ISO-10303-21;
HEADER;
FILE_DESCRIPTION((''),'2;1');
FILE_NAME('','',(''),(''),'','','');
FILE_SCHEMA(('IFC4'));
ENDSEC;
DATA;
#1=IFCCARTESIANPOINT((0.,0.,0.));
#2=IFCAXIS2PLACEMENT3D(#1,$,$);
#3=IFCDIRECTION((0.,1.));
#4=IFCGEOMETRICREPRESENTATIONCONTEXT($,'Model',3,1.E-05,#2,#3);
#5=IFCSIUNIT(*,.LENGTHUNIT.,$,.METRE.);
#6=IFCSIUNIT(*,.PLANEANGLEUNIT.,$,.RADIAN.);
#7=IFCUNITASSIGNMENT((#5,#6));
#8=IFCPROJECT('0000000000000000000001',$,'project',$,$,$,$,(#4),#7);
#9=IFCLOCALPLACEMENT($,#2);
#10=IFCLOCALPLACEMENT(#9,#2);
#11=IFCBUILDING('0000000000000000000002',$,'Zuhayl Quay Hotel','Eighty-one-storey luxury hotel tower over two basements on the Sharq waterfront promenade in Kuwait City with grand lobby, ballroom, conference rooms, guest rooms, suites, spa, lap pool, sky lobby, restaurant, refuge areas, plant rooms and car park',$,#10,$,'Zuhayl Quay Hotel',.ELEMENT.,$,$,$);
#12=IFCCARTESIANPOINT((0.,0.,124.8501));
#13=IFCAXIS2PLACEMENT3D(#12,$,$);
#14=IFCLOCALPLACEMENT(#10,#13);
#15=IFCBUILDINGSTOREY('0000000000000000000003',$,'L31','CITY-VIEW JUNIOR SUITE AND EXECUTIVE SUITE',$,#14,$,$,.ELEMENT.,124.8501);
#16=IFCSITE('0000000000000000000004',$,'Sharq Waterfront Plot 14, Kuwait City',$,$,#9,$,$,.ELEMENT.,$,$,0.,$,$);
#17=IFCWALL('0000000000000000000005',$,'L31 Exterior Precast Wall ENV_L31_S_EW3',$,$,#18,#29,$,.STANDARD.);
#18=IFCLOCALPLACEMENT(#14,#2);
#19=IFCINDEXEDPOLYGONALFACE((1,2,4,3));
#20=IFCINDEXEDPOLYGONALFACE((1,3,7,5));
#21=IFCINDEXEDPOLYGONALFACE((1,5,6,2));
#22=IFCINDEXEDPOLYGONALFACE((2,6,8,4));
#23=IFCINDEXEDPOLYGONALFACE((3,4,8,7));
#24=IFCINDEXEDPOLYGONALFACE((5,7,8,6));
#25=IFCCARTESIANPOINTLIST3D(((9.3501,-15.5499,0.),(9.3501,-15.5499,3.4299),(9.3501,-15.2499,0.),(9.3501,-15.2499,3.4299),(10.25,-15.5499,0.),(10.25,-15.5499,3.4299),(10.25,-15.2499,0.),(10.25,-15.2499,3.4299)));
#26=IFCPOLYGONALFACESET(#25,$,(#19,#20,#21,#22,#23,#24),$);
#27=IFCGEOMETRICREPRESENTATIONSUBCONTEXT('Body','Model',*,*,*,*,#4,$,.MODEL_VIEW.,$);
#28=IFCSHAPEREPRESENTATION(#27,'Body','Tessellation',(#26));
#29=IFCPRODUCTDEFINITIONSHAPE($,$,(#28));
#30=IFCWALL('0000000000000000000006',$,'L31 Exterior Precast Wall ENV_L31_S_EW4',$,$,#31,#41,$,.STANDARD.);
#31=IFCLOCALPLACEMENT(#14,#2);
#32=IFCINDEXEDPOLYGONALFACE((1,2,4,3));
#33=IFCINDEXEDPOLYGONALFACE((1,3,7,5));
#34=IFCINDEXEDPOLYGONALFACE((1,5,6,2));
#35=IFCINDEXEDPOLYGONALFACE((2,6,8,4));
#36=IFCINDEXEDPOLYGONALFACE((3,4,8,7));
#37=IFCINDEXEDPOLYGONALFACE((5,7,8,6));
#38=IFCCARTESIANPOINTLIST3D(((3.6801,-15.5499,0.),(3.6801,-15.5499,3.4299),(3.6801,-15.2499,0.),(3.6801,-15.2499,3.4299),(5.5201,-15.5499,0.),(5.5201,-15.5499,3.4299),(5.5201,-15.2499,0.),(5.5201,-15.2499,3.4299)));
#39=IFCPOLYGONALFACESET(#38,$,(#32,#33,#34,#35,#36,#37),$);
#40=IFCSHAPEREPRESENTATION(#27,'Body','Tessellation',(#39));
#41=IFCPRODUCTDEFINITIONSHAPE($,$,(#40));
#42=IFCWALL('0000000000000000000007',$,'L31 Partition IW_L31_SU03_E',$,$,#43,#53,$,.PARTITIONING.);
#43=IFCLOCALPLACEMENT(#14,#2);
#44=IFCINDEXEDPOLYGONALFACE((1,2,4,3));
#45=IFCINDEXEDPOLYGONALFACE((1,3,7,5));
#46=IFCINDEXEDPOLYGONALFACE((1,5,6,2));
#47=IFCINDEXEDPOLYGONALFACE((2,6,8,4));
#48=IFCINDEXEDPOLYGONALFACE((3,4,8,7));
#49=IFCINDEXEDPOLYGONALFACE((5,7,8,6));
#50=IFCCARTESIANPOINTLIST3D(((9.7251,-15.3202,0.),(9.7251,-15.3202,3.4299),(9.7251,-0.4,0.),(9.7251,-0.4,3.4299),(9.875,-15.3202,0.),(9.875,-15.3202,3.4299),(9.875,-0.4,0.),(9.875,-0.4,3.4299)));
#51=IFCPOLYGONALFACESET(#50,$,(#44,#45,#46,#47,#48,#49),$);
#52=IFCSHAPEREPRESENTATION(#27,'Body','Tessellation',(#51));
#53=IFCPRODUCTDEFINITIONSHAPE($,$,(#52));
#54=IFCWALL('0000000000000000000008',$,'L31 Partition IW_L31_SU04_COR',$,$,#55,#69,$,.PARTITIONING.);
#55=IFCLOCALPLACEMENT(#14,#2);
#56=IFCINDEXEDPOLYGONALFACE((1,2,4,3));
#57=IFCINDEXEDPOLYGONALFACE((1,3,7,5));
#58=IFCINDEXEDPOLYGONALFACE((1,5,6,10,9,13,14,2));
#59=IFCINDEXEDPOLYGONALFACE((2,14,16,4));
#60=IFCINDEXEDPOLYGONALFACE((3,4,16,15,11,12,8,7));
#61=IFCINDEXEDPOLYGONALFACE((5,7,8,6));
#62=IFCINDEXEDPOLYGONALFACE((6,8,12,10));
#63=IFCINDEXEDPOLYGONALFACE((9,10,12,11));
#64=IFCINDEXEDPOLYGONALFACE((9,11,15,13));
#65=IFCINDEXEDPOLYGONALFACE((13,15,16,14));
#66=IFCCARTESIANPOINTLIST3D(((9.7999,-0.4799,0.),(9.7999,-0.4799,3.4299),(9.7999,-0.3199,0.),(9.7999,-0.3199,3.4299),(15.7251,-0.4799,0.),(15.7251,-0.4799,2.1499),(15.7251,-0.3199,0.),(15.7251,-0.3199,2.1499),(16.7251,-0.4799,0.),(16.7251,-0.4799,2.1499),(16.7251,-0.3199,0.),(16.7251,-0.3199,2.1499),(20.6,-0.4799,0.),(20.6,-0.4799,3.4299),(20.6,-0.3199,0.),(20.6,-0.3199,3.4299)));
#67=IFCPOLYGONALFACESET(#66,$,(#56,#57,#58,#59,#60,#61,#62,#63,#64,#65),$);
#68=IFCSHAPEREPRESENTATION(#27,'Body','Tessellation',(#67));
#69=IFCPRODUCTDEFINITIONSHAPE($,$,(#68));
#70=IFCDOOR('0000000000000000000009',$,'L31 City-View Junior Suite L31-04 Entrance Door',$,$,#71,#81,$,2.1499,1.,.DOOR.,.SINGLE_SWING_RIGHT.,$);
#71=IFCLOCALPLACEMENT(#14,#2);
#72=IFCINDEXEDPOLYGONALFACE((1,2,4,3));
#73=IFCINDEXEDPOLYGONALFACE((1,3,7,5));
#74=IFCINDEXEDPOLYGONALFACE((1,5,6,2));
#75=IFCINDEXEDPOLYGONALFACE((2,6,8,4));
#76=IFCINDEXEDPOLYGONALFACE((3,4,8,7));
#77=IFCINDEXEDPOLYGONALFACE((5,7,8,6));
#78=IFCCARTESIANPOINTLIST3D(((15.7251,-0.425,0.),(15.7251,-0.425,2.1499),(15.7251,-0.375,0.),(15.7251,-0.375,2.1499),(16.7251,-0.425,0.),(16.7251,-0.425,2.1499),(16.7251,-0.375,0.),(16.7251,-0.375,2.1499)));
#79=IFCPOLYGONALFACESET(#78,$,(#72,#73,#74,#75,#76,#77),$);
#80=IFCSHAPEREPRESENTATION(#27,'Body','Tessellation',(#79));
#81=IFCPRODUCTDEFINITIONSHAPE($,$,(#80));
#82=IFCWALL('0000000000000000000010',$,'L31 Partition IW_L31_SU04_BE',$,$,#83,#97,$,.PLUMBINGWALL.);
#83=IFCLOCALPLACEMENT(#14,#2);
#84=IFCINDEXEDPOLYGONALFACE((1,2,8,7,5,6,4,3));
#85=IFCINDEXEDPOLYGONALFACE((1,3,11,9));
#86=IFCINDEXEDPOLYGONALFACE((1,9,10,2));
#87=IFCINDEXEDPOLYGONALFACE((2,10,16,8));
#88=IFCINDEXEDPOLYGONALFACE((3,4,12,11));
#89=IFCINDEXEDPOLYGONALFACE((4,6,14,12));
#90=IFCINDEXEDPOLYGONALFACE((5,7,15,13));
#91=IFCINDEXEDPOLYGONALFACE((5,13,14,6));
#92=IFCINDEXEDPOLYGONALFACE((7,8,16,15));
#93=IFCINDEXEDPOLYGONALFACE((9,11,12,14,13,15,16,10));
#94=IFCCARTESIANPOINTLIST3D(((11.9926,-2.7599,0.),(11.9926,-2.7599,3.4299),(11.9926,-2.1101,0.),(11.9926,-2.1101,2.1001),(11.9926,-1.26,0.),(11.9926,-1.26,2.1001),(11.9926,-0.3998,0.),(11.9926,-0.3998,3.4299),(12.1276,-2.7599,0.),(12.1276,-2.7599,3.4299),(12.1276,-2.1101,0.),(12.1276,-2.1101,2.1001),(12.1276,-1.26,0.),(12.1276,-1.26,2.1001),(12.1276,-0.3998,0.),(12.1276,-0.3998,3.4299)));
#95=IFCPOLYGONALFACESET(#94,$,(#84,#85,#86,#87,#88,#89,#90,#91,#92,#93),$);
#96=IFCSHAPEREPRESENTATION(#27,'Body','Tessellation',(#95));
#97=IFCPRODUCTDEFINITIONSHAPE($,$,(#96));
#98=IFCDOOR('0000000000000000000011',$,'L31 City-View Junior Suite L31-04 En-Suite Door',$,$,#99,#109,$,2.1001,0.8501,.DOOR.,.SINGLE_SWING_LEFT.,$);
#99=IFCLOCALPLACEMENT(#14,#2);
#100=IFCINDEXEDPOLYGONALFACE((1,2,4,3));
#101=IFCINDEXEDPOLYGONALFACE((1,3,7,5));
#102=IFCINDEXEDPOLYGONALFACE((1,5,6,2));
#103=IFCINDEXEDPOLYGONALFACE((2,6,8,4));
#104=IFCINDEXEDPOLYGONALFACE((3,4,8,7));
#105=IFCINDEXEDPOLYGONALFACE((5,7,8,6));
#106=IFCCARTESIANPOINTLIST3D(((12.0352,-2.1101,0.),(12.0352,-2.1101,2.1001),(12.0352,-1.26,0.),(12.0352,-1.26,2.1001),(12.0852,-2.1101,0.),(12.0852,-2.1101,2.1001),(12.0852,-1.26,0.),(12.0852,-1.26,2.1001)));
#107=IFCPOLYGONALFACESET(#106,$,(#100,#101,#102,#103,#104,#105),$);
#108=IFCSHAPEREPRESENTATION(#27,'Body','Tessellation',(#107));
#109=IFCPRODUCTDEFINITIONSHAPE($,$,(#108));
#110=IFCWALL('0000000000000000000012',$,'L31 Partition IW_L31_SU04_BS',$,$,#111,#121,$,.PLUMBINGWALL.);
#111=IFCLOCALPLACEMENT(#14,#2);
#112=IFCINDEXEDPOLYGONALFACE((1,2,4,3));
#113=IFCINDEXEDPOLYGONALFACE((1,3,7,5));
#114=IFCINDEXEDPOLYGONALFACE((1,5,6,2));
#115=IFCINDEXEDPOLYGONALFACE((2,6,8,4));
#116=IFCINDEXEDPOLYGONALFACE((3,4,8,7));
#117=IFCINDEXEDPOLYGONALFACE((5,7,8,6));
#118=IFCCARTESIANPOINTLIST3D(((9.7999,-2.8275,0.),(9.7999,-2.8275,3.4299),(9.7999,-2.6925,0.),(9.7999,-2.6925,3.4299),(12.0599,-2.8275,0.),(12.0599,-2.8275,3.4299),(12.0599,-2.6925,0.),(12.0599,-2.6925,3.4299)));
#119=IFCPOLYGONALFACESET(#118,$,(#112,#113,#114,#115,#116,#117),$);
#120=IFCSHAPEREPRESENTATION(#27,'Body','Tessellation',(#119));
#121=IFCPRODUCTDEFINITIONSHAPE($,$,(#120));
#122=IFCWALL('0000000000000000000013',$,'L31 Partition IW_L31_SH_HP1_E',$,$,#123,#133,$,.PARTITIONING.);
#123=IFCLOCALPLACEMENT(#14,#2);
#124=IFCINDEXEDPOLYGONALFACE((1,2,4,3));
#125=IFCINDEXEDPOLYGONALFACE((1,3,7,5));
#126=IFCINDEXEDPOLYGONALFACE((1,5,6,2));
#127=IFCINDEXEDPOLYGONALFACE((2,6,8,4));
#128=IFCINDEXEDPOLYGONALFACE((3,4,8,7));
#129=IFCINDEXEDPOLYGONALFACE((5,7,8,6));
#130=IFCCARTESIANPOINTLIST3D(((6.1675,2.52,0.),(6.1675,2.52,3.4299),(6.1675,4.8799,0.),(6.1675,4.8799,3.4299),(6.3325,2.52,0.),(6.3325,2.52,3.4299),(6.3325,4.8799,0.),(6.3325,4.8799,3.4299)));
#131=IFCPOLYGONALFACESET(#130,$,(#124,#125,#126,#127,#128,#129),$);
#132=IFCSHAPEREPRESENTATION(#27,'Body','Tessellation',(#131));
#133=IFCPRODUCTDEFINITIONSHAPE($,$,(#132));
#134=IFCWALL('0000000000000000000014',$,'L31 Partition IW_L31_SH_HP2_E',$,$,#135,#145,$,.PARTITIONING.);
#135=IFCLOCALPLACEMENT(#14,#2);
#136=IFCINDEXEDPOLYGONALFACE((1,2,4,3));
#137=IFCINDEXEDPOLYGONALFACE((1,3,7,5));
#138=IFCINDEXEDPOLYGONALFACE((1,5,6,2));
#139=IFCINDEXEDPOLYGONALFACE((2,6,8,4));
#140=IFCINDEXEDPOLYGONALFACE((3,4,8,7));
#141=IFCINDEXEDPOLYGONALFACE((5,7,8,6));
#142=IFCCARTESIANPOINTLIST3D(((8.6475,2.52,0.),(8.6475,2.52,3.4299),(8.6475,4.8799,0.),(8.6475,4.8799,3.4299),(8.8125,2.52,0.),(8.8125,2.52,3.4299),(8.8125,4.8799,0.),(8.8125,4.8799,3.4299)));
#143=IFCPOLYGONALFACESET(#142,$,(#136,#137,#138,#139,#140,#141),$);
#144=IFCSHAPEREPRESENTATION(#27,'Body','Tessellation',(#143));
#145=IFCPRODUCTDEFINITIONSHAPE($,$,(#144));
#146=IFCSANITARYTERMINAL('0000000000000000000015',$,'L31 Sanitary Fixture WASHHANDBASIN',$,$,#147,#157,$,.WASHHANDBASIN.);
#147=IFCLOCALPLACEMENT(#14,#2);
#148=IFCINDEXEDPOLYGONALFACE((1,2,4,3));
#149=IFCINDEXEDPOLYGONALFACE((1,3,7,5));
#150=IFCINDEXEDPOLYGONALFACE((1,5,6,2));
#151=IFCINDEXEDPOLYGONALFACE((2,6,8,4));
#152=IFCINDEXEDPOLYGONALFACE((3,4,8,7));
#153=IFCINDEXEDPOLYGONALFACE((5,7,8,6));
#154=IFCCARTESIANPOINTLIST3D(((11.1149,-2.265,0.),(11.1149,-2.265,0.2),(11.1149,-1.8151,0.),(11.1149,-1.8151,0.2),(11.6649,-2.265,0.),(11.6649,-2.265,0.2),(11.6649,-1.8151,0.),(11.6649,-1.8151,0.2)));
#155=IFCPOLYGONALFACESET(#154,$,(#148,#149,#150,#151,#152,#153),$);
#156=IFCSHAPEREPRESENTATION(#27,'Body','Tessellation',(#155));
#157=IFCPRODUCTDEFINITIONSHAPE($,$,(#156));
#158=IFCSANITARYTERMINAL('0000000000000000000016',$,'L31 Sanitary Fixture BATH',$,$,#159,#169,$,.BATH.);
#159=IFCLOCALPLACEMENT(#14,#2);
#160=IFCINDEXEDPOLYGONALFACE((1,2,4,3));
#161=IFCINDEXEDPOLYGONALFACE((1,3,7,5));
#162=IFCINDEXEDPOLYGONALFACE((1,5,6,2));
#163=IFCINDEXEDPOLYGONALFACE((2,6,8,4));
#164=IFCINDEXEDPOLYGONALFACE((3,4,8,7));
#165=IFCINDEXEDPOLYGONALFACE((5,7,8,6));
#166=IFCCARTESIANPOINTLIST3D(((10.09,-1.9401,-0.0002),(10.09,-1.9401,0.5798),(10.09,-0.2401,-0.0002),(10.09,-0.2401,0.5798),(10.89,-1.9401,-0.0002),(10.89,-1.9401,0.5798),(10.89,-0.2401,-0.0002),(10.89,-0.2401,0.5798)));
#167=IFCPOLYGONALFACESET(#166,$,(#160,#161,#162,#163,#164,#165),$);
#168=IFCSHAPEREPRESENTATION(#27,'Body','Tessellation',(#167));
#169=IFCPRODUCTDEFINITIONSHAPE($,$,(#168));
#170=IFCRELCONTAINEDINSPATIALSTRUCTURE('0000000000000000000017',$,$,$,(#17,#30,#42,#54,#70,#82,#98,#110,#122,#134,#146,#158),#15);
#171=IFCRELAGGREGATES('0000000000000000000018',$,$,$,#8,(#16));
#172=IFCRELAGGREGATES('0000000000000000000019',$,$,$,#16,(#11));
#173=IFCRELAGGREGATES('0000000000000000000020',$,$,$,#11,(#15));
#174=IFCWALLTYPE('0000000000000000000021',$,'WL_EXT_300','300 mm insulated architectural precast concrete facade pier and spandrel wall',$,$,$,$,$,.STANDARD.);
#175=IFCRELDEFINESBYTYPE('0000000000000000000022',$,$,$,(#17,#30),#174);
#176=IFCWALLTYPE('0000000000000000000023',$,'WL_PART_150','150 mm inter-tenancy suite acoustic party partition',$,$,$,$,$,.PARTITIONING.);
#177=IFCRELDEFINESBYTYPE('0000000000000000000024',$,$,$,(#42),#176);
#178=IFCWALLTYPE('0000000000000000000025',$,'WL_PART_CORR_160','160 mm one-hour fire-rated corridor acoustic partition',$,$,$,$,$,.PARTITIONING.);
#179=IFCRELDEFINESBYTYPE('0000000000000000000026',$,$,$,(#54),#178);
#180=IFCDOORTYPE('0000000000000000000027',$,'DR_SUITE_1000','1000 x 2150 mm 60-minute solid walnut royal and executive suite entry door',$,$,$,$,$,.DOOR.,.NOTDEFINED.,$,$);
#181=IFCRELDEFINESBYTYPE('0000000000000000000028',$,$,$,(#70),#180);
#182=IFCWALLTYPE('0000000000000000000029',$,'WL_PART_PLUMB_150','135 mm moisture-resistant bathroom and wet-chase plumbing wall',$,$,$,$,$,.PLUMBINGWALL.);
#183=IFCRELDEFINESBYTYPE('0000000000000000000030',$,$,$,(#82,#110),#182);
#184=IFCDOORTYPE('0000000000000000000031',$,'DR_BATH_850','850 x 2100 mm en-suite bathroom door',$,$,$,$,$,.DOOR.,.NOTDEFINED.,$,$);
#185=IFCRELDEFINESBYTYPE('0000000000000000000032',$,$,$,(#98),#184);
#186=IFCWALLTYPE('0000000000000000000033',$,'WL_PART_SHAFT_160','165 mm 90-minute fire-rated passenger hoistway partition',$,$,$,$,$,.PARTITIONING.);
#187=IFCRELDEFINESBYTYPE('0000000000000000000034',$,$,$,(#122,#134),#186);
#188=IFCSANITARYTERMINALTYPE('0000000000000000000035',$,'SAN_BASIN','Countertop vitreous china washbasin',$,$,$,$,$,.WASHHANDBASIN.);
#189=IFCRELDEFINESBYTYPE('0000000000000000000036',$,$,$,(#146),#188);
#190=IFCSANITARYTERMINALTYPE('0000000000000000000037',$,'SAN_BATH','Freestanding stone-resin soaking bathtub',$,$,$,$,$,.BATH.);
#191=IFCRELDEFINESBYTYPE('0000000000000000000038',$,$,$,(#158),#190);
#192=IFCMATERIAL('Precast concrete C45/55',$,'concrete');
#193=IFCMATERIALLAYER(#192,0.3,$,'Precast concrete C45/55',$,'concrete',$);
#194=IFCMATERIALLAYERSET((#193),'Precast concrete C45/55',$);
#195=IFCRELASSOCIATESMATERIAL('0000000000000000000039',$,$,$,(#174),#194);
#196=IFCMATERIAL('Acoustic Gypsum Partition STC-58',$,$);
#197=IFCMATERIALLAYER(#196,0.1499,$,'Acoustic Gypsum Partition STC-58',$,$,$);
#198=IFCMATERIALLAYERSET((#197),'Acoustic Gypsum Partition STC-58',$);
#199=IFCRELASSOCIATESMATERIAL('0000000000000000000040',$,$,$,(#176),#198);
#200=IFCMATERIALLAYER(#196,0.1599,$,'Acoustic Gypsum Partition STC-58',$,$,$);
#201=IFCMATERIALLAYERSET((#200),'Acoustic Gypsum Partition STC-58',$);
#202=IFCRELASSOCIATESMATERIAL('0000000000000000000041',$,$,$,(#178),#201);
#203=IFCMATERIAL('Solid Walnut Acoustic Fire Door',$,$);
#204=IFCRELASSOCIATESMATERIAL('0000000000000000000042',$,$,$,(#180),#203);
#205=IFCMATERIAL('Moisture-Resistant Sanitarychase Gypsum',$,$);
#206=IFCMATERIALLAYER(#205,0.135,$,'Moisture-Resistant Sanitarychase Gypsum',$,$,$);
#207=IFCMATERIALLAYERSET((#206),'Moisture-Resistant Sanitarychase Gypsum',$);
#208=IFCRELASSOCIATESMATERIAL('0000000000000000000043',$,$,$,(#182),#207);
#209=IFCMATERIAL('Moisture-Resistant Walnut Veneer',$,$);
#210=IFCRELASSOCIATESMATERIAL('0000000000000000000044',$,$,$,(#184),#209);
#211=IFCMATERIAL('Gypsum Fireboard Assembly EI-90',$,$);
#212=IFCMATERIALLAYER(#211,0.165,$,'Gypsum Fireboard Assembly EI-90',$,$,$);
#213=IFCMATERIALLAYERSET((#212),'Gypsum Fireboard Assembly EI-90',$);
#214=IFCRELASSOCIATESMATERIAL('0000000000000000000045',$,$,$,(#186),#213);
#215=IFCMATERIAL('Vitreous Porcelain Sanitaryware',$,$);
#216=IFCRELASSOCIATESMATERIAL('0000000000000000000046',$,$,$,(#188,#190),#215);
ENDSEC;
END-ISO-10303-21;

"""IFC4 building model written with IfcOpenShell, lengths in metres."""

from ifc_helpers import new_model, si_unit, direction, frame, frame_2d, origin, origin_2d, place, context, subcontext, project, spatial, rectangle, extrude, material, layer, layer_set, type_object, element, fill, save


model = new_model("IFC4")

# Units and contexts
model_context = context("Model", 3, precision=1e-05, world=origin(), true_north=direction((0.0, 1.0)))
body_context = subcontext(model_context, "Body", "Model", "MODEL_VIEW")
ifc_project = project(units=[si_unit("LENGTHUNIT", "METRE"), si_unit("PLANEANGLEUNIT", "RADIAN")], contexts=[model_context])

# Site, building, storey
site_placement = place(None, origin())
site = spatial("IfcSite", under=ifc_project, at=site_placement, Name="Sharq Waterfront Plot 14, Kuwait City", CompositionType="ELEMENT", RefElevation=0.0)
building_placement = place(site_placement, origin())
building = spatial("IfcBuilding", under=site, at=building_placement, Name="Zuhayl Quay Hotel", Description="Eighty-one-storey luxury hotel tower over two basements on the Sharq waterfront promenade in Kuwait City with grand lobby, ballroom, conference rooms, guest rooms, suites, spa, lap pool, sky lobby, restaurant, refuge areas, plant rooms and car park", LongName="Zuhayl Quay Hotel", CompositionType="ELEMENT")
storey_placement = place(building_placement, frame((0.0, 0.0, 124.8501)))
storey = spatial("IfcBuildingStorey", under=building, at=storey_placement, Name="L31", Description="CITY-VIEW JUNIOR SUITE AND EXECUTIVE SUITE", CompositionType="ELEMENT", Elevation=124.8501)

# Walls
ifc_material_1 = material(Name="Precast concrete C45/55", Category="concrete")
ifc_layer_1 = layer(ifc_material_1, 0.3, Name="Precast concrete C45/55", Category="concrete")
ifc_layer_set_1 = layer_set([ifc_layer_1], Name="Precast concrete C45/55")
wall_type_1 = type_object("IfcWallType", Name="WL_EXT_300", Description="300 mm insulated architectural precast concrete facade pier and spandrel wall", PredefinedType="STANDARD", material=ifc_layer_set_1)
wall_1_placement = place(storey_placement, frame((10.25, -15.3999, 0.0), z_axis=(0.0, 0.0, 1.0), x_axis=(-1.0, 0.0, 0.0)))
element("IfcWall", 1, at=wall_1_placement, inside=storey, type_object=wall_type_1, Name="L31 Exterior Precast Wall ENV_L31_S_EW3", PredefinedType="STANDARD", context=body_context, shape_type="SweptSolid", body=[
    extrude(rectangle(XDim=0.8999, YDim=0.3, at=frame_2d((0.45, 0.0))), origin(), (0.0, 0.0, 1.0), 3.4299),
])
wall_2_placement = place(storey_placement, frame((5.52, -15.3999, 0.0), z_axis=(0.0, 0.0, 1.0), x_axis=(-1.0, 0.0, 0.0)))
element("IfcWall", 2, at=wall_2_placement, inside=storey, type_object=wall_type_1, Name="L31 Exterior Precast Wall ENV_L31_S_EW4", PredefinedType="STANDARD", context=body_context, shape_type="SweptSolid", body=[
    extrude(rectangle(XDim=1.8401, YDim=0.3, at=frame_2d((0.9199, 0.0))), origin(), (0.0, 0.0, 1.0), 3.4299),
])
ifc_material_2 = material(Name="Acoustic Gypsum Partition STC-58")
ifc_layer_2 = layer(ifc_material_2, 0.1499, Name="Acoustic Gypsum Partition STC-58")
ifc_layer_set_2 = layer_set([ifc_layer_2], Name="Acoustic Gypsum Partition STC-58")
wall_type_2 = type_object("IfcWallType", Name="WL_PART_150", Description="150 mm inter-tenancy suite acoustic party partition", PredefinedType="PARTITIONING", material=ifc_layer_set_2)
wall_3_placement = place(storey_placement, frame((9.8, -15.3201, 0.0), z_axis=(0.0, 0.0, 1.0), x_axis=(0.0, 1.0, 0.0)))
element("IfcWall", 3, at=wall_3_placement, inside=storey, type_object=wall_type_2, Name="L31 Partition IW_L31_SU03_E", PredefinedType="PARTITIONING", context=body_context, shape_type="SweptSolid", body=[
    extrude(rectangle(XDim=14.9202, YDim=0.1499, at=frame_2d((7.46, 0.0))), origin(), (0.0, 0.0, 1.0), 3.4299),
])

# Walls, openings, doors
ifc_layer_3 = layer(ifc_material_2, 0.1599, Name="Acoustic Gypsum Partition STC-58")
ifc_layer_set_3 = layer_set([ifc_layer_3], Name="Acoustic Gypsum Partition STC-58")
wall_type_3 = type_object("IfcWallType", Name="WL_PART_CORR_160", Description="160 mm one-hour fire-rated corridor acoustic partition", PredefinedType="PARTITIONING", material=ifc_layer_set_3)
wall_4_placement = place(storey_placement, frame((9.8, -0.3999, 0.0), z_axis=(0.0, 0.0, 1.0), x_axis=(1.0, 0.0, 0.0)))
wall_4 = element("IfcWall", 4, at=wall_4_placement, inside=storey, type_object=wall_type_3, Name="L31 Partition IW_L31_SU04_COR", PredefinedType="PARTITIONING", context=body_context, shape_type="SweptSolid", body=[
    extrude(rectangle(XDim=10.8, YDim=0.1599, at=frame_2d((5.3999, 0.0))), origin(), (0.0, 0.0, 1.0), 3.4299),
])
opening_1_placement = place(wall_4_placement, frame((5.925, 0.0, 0.0)))
opening_1 = element("IfcOpeningElement", 5, at=opening_1_placement, cuts=wall_4, PredefinedType="OPENING", context=body_context, shape_type="SweptSolid", body=[
    extrude(rectangle(XDim=1.0, YDim=2.1499, at=frame_2d((0.5, 1.075))), frame((0.0, 0.0898, 0.0), z_axis=(0.0, -1.0, 0.0), x_axis=(1.0, 0.0, 0.0)), (0.0, 0.0, 1.0), 0.1799),
])
ifc_material_3 = material(Name="Solid Walnut Acoustic Fire Door")
door_type_1 = type_object("IfcDoorType", Name="DR_SUITE_1000", Description="1000 x 2150 mm 60-minute solid walnut royal and executive suite entry door", OperationType="NOTDEFINED", PredefinedType="DOOR", material=ifc_material_3)
door_1_placement = place(opening_1_placement, origin())
door_1 = element("IfcDoor", 6, at=door_1_placement, inside=storey, type_object=door_type_1, Name="L31 City-View Junior Suite L31-04 Entrance Door", OperationType="SINGLE_SWING_RIGHT", OverallHeight=2.1499, OverallWidth=1.0, PredefinedType="DOOR", context=body_context, shape_type="SweptSolid", body=[
    extrude(rectangle(XDim=1.0, YDim=2.1499, at=frame_2d((0.5, 1.075))), frame((0.0, 0.0249, 0.0), z_axis=(0.0, -1.0, 0.0), x_axis=(1.0, 0.0, 0.0)), (0.0, 0.0, 1.0), 0.05),
])
fill(opening_1, door_1)
ifc_material_4 = material(Name="Moisture-Resistant Sanitarychase Gypsum")
ifc_layer_4 = layer(ifc_material_4, 0.135, Name="Moisture-Resistant Sanitarychase Gypsum")
ifc_layer_set_4 = layer_set([ifc_layer_4], Name="Moisture-Resistant Sanitarychase Gypsum")
wall_type_4 = type_object("IfcWallType", Name="WL_PART_PLUMB_150", Description="135 mm moisture-resistant bathroom and wet-chase plumbing wall", PredefinedType="PLUMBINGWALL", material=ifc_layer_set_4)
wall_5_placement = place(storey_placement, frame((12.0601, -2.76, 0.0), z_axis=(0.0, 0.0, 1.0), x_axis=(0.0, 1.0, 0.0)))
wall_5 = element("IfcWall", 7, at=wall_5_placement, inside=storey, type_object=wall_type_4, Name="L31 Partition IW_L31_SU04_BE", PredefinedType="PLUMBINGWALL", context=body_context, shape_type="SweptSolid", body=[
    extrude(rectangle(XDim=2.3601, YDim=0.135, at=frame_2d((1.1802, 0.0))), origin(), (0.0, 0.0, 1.0), 3.4299),
])
opening_2_placement = place(wall_5_placement, frame((0.6499, 0.0, 0.0)))
opening_2 = element("IfcOpeningElement", 8, at=opening_2_placement, cuts=wall_5, PredefinedType="OPENING", context=body_context, shape_type="SweptSolid", body=[
    extrude(rectangle(XDim=0.8501, YDim=2.1001, at=frame_2d((0.425, 1.05))), frame((0.0, 0.0774, 0.0), z_axis=(0.0, -1.0, 0.0), x_axis=(1.0, 0.0, 0.0)), (0.0, 0.0, 1.0), 0.155),
])
ifc_material_5 = material(Name="Moisture-Resistant Walnut Veneer")
door_type_2 = type_object("IfcDoorType", Name="DR_BATH_850", Description="850 x 2100 mm en-suite bathroom door", OperationType="NOTDEFINED", PredefinedType="DOOR", material=ifc_material_5)
door_2_placement = place(opening_2_placement, origin())
door_2 = element("IfcDoor", 9, at=door_2_placement, inside=storey, type_object=door_type_2, Name="L31 City-View Junior Suite L31-04 En-Suite Door", OperationType="SINGLE_SWING_LEFT", OverallHeight=2.1001, OverallWidth=0.8501, PredefinedType="DOOR", context=body_context, shape_type="SweptSolid", body=[
    extrude(rectangle(XDim=0.8501, YDim=2.1001, at=frame_2d((0.425, 1.05))), frame((0.0, 0.0249, 0.0), z_axis=(0.0, -1.0, 0.0), x_axis=(1.0, 0.0, 0.0)), (0.0, 0.0, 1.0), 0.05),
])
fill(opening_2, door_2)

# Walls
wall_6_placement = place(storey_placement, frame((9.8, -2.76, 0.0), z_axis=(0.0, 0.0, 1.0), x_axis=(1.0, 0.0, 0.0)))
element("IfcWall", 10, at=wall_6_placement, inside=storey, type_object=wall_type_4, Name="L31 Partition IW_L31_SU04_BS", PredefinedType="PLUMBINGWALL", context=body_context, shape_type="SweptSolid", body=[
    extrude(rectangle(XDim=2.26, YDim=0.135, at=frame_2d((1.1299, 0.0))), origin(), (0.0, 0.0, 1.0), 3.4299),
])
ifc_material_6 = material(Name="Gypsum Fireboard Assembly EI-90")
ifc_layer_5 = layer(ifc_material_6, 0.165, Name="Gypsum Fireboard Assembly EI-90")
ifc_layer_set_5 = layer_set([ifc_layer_5], Name="Gypsum Fireboard Assembly EI-90")
wall_type_5 = type_object("IfcWallType", Name="WL_PART_SHAFT_160", Description="165 mm 90-minute fire-rated passenger hoistway partition", PredefinedType="PARTITIONING", material=ifc_layer_set_5)
for number, where, z_axis, x_axis, name in (
    (11, (6.25, 2.52, 0.0), (0.0, 0.0, 1.0), (0.0, 1.0, 0.0), "L31 Partition IW_L31_SH_HP1_E"),
    (12, (8.73, 2.52, 0.0), (0.0, 0.0, 1.0), (0.0, 1.0, 0.0), "L31 Partition IW_L31_SH_HP2_E"),
):
    element("IfcWall", number, at=place(storey_placement, frame(where, z_axis=z_axis, x_axis=x_axis)), inside=storey, type_object=wall_type_5, Name=name, PredefinedType="PARTITIONING", context=body_context, shape_type="SweptSolid", body=[
        extrude(rectangle(XDim=2.3599, YDim=0.165, at=frame_2d((1.1799, 0.0))), origin(), (0.0, 0.0, 1.0), 3.4299),
    ])

# Sanitary terminals
ifc_material_7 = material(Name="Vitreous Porcelain Sanitaryware")
sanitary_terminal_type_1 = type_object("IfcSanitaryTerminalType", Name="SAN_BASIN", Description="Countertop vitreous china washbasin", PredefinedType="WASHHANDBASIN", material=ifc_material_7)
sanitary_terminal_1_placement = place(storey_placement, frame((11.3899, -2.04, 0.0), z_axis=(0.0, 0.0, 1.0), x_axis=(1.0, 0.0, 0.0)))
element("IfcSanitaryTerminal", 13, at=sanitary_terminal_1_placement, inside=storey, type_object=sanitary_terminal_type_1, Name="L31 Sanitary Fixture WASHHANDBASIN", PredefinedType="WASHHANDBASIN", context=body_context, shape_type="SweptSolid", body=[
    extrude(rectangle(XDim=0.55, YDim=0.45, at=origin_2d()), origin(), (0.0, 0.0, 1.0), 0.2),
])
sanitary_terminal_type_2 = type_object("IfcSanitaryTerminalType", Name="SAN_BATH", Description="Freestanding stone-resin soaking bathtub", PredefinedType="BATH", material=ifc_material_7)
sanitary_terminal_2_placement = place(storey_placement, frame((10.49, -1.0901, -0.0002), z_axis=(0.0, 0.0, 1.0), x_axis=(1.0, 0.0, 0.0)))
element("IfcSanitaryTerminal", 14, at=sanitary_terminal_2_placement, inside=storey, type_object=sanitary_terminal_type_2, Name="L31 Sanitary Fixture BATH", PredefinedType="BATH", context=body_context, shape_type="SweptSolid", body=[
    extrude(rectangle(XDim=0.8, YDim=1.7, at=origin_2d()), origin(), (0.0, 0.0, 1.0), 0.5801),
])

save(model, "model.ifc")
